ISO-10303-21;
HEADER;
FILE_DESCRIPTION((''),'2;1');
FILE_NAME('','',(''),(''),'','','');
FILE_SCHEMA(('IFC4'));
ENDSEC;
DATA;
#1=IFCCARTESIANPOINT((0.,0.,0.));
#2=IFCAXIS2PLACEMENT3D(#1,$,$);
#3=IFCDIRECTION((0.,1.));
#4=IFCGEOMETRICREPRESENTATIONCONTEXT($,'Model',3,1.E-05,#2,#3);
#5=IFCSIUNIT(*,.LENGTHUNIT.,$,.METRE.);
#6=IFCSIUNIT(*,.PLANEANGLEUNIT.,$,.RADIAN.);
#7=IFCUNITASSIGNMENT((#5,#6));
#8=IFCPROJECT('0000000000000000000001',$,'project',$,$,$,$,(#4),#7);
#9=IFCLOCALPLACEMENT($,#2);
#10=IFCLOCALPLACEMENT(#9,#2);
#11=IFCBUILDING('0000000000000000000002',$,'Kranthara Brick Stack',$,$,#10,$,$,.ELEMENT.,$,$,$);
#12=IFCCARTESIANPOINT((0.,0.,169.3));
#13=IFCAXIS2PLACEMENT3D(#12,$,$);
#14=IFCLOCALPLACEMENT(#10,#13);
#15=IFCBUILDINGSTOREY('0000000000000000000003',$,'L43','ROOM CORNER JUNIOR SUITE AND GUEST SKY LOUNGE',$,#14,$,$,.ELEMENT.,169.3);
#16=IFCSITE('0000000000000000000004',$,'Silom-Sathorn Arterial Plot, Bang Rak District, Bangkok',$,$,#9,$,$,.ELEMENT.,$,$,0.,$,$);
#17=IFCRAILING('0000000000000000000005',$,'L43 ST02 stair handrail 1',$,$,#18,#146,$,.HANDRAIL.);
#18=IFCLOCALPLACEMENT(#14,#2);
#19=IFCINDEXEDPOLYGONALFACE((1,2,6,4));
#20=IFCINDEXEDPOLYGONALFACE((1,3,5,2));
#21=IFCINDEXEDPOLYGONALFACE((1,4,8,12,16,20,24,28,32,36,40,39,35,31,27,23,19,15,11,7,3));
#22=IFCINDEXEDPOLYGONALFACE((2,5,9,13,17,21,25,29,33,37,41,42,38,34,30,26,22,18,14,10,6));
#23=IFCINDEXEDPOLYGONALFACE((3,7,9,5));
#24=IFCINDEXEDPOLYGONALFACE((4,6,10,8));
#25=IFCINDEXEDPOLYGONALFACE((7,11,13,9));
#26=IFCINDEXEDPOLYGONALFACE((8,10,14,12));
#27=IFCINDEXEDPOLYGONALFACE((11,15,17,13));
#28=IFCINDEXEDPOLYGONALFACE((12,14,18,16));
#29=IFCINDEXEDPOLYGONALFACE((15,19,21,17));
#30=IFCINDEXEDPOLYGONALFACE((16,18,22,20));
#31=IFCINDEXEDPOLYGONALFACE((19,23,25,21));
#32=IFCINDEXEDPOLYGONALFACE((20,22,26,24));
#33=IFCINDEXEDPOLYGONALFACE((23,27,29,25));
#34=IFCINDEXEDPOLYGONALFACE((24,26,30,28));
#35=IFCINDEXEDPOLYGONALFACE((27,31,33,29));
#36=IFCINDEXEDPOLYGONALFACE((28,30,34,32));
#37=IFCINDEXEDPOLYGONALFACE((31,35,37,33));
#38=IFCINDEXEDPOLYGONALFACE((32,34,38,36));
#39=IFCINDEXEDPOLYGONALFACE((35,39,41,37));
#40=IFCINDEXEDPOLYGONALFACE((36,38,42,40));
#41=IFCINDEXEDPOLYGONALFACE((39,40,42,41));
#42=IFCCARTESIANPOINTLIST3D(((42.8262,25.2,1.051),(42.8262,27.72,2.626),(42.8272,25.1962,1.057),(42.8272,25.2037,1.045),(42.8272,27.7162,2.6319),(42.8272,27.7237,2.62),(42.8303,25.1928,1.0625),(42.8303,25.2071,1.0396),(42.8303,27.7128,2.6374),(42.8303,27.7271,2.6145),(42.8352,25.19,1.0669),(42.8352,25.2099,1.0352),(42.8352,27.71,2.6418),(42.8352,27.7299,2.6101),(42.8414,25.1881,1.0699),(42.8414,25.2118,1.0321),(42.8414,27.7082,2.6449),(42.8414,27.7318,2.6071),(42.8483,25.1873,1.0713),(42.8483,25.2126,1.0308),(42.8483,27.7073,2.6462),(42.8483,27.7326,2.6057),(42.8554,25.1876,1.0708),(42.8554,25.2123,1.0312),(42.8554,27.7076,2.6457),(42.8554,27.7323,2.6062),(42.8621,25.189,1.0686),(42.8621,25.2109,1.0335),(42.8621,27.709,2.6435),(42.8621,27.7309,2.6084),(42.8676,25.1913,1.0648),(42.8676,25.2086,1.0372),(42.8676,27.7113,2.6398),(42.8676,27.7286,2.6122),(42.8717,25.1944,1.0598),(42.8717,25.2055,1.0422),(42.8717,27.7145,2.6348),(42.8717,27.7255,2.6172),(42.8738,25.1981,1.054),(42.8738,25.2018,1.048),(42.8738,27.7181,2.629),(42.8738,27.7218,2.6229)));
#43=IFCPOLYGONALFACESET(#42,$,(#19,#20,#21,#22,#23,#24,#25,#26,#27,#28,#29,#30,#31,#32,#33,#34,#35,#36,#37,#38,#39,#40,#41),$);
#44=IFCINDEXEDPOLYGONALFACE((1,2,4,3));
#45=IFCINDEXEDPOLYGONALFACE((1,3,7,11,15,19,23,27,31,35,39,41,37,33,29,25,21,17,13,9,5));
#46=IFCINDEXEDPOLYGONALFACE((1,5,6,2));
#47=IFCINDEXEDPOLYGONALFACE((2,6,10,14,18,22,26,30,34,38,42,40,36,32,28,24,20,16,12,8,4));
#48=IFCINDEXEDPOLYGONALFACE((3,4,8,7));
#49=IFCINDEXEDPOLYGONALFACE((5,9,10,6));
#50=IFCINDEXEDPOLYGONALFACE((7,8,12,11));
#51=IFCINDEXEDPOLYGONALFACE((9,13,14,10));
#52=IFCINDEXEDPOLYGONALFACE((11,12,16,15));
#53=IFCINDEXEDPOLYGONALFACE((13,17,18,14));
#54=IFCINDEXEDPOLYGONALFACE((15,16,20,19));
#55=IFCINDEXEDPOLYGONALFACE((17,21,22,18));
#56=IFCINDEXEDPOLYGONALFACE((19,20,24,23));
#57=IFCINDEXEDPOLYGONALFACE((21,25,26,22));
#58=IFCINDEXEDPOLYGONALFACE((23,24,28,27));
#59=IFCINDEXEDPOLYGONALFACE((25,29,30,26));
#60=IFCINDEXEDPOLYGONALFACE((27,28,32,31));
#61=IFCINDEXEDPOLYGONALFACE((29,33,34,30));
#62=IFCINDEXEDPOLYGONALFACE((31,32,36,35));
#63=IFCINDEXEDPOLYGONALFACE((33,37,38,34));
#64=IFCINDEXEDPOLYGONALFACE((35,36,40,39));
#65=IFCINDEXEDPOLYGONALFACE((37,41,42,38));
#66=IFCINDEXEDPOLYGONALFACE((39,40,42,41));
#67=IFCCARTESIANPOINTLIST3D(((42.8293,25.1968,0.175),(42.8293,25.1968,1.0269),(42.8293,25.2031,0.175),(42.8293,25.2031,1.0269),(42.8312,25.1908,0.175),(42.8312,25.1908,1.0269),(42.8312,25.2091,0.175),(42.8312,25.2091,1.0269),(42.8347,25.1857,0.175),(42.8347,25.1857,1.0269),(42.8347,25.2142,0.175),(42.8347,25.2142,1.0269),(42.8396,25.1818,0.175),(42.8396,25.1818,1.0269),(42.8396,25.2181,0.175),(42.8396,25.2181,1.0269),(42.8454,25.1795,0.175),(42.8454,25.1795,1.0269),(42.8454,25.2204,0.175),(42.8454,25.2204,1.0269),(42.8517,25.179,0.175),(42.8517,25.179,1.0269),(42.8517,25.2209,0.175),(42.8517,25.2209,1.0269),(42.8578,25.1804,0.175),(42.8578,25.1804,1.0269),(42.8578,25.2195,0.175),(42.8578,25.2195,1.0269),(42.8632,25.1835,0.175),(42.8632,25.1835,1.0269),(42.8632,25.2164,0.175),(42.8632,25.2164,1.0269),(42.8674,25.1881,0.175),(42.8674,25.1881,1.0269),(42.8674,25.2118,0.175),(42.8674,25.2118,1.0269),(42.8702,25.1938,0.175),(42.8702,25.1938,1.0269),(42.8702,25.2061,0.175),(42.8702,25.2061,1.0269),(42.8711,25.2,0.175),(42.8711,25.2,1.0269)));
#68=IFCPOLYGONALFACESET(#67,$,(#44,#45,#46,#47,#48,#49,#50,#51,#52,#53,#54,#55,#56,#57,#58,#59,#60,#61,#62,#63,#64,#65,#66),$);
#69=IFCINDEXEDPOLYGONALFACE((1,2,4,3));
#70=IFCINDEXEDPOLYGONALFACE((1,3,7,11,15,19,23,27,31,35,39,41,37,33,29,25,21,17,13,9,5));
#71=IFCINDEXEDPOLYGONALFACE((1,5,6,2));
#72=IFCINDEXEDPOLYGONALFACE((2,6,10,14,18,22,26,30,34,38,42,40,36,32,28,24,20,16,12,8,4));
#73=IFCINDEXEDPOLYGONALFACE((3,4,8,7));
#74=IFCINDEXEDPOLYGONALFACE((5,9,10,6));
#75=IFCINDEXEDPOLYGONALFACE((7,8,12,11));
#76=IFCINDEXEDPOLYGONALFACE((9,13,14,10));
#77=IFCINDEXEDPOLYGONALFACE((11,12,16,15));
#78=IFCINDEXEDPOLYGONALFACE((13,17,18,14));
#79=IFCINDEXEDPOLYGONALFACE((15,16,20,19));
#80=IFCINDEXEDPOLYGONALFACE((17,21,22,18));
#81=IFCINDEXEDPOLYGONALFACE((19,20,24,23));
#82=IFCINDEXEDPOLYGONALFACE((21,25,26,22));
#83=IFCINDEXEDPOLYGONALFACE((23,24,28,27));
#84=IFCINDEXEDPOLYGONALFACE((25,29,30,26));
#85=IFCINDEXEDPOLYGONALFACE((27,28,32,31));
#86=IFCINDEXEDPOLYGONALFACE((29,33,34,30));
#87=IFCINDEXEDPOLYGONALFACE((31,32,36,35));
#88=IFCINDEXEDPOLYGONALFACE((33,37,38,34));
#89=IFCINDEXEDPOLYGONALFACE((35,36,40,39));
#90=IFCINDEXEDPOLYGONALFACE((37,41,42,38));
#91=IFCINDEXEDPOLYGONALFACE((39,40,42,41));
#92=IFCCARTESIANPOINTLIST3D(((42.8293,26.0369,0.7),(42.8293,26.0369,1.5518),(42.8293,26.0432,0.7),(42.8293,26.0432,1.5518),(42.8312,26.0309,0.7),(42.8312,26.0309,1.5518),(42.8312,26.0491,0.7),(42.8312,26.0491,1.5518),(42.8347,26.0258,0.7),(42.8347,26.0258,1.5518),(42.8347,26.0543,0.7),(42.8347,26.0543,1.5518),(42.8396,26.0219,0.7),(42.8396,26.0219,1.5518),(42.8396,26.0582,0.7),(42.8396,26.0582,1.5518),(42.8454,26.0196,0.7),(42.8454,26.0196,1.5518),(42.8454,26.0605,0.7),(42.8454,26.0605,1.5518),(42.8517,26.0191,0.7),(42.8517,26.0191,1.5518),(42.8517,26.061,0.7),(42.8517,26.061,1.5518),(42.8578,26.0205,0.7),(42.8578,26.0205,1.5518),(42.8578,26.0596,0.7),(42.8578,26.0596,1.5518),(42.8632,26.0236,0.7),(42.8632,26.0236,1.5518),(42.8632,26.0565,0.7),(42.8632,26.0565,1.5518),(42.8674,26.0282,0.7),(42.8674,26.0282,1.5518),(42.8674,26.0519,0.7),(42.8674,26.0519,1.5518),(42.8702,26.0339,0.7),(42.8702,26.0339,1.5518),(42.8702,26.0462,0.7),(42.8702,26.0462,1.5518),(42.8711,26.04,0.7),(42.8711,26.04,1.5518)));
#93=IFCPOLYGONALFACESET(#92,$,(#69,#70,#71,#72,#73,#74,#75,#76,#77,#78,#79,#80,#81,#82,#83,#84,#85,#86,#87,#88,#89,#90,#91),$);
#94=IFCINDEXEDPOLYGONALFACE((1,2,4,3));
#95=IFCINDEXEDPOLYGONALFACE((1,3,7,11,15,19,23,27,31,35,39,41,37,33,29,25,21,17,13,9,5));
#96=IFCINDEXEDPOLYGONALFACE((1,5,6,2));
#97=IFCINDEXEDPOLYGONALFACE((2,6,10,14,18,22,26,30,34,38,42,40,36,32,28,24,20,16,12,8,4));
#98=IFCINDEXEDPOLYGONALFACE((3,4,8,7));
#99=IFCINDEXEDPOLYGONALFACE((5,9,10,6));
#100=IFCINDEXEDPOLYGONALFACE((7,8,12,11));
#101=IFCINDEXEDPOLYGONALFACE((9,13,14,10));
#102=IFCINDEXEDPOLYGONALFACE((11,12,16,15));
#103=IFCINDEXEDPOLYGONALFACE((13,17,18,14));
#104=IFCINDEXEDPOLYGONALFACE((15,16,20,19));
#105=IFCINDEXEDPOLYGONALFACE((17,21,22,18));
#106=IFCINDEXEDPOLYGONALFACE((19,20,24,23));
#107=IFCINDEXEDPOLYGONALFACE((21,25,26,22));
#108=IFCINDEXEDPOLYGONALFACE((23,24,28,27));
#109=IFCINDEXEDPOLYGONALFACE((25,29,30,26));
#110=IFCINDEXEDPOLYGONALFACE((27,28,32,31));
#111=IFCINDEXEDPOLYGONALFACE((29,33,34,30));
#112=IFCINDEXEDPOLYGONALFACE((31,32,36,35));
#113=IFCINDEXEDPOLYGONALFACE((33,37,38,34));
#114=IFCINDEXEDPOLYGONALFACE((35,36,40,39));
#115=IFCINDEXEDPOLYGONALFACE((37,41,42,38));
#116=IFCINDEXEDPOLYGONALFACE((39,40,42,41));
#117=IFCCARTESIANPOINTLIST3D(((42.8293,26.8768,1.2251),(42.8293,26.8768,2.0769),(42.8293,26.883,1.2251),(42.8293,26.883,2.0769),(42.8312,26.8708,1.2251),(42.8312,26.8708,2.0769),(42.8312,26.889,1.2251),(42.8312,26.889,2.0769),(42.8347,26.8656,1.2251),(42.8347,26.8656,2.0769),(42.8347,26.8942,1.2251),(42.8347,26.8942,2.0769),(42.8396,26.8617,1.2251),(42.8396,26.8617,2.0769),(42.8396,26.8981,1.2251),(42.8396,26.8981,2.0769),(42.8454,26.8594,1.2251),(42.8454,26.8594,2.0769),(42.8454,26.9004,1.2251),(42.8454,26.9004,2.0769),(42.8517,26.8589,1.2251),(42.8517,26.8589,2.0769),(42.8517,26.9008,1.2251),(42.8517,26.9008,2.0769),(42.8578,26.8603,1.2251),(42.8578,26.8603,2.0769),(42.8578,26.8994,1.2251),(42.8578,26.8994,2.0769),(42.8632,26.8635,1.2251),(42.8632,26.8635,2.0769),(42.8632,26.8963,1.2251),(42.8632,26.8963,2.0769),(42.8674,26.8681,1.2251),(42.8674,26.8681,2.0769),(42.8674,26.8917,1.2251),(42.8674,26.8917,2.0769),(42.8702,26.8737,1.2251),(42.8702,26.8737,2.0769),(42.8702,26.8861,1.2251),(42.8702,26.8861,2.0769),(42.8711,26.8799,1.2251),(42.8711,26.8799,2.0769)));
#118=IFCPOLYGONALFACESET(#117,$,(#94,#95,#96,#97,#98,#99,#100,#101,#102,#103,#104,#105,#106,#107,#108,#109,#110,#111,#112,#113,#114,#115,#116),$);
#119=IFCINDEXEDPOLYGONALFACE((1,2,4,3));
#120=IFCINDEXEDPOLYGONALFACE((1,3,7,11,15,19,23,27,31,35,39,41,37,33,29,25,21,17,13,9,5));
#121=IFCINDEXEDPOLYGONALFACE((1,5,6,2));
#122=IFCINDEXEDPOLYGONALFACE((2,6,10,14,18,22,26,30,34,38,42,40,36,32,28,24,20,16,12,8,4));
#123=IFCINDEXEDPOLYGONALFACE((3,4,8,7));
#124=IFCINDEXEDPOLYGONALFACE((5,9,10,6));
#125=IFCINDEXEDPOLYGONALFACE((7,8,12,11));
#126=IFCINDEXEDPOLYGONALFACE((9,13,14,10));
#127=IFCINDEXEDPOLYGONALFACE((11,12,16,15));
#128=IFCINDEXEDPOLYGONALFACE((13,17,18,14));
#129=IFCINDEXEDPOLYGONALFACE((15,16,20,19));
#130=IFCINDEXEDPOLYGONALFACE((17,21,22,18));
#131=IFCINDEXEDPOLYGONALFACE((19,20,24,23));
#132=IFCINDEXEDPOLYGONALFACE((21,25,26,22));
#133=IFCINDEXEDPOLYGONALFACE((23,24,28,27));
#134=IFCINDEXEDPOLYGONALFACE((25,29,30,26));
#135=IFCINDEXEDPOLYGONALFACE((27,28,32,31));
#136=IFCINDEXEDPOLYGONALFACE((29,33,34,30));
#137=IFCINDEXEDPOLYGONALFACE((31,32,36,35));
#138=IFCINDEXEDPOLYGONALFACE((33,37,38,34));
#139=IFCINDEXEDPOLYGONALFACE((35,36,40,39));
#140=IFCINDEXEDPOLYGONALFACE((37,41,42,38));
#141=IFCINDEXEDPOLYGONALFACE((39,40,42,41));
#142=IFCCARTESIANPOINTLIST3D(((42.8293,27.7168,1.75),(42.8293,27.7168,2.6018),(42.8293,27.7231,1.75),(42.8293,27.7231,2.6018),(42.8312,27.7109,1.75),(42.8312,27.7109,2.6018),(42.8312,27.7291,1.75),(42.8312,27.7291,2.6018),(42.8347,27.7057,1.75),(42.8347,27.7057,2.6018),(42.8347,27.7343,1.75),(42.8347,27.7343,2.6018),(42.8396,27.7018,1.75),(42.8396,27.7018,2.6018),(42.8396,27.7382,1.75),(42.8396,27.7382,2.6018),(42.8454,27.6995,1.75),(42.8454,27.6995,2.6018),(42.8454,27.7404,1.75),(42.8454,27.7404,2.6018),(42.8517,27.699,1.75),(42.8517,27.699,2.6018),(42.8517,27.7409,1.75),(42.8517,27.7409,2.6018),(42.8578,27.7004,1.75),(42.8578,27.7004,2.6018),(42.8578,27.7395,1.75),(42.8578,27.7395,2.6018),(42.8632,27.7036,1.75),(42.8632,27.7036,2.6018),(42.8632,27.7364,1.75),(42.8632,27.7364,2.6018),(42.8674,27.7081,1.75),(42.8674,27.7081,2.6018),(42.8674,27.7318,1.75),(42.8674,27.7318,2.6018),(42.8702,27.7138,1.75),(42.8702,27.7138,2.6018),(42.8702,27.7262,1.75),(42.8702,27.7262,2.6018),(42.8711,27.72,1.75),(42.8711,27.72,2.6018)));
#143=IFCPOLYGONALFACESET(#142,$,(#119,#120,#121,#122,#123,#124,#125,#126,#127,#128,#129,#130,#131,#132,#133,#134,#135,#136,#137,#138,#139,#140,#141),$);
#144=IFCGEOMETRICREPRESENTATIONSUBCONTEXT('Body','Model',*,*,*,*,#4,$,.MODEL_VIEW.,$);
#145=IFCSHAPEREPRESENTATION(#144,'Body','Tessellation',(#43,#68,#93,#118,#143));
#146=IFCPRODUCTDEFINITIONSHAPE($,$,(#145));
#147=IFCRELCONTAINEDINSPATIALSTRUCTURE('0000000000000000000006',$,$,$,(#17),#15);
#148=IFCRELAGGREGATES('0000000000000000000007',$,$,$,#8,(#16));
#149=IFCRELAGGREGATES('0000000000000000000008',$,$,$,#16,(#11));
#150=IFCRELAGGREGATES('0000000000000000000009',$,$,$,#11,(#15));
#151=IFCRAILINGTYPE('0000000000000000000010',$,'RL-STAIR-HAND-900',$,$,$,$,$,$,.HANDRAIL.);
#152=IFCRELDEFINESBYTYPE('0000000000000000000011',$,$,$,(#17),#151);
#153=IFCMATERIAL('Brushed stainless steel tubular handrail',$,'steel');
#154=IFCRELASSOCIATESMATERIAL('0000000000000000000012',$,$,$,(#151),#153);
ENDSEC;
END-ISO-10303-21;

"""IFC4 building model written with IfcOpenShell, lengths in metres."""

from ifc_helpers import new_model, si_unit, direction, frame, origin, origin_2d, place, context, subcontext, project, spatial, circle, extrude, material, type_object, element, save


model = new_model("IFC4")

# Units and contexts
model_context = context("Model", 3, precision=1e-05, world=origin(), true_north=direction((0.0, 1.0)))
body_context = subcontext(model_context, "Body", "Model", "MODEL_VIEW")
ifc_project = project(units=[si_unit("LENGTHUNIT", "METRE"), si_unit("PLANEANGLEUNIT", "RADIAN")], contexts=[model_context])

# Site, building, storey
site_placement = place(None, origin())
site = spatial("IfcSite", under=ifc_project, at=site_placement, Name="Silom-Sathorn Arterial Plot, Bang Rak District, Bangkok", CompositionType="ELEMENT", RefElevation=0.0)
building_placement = place(site_placement, origin())
building = spatial("IfcBuilding", under=site, at=building_placement, Name="Kranthara Brick Stack", CompositionType="ELEMENT")
storey_placement = place(building_placement, frame((0.0, 0.0, 169.3)))
storey = spatial("IfcBuildingStorey", under=building, at=storey_placement, Name="L43", Description="ROOM CORNER JUNIOR SUITE AND GUEST SKY LOUNGE", CompositionType="ELEMENT", Elevation=169.3)

# Railing
ifc_material_1 = material(Name="Brushed stainless steel tubular handrail", Category="steel")
railing_type_1 = type_object("IfcRailingType", Name="RL-STAIR-HAND-900", PredefinedType="HANDRAIL", material=ifc_material_1)
railing_1_placement = place(storey_placement, frame((42.8501, 25.2, 0.175)))
element("IfcRailing", 1, at=railing_1_placement, inside=storey, type_object=railing_type_1, Name="L43 ST02 stair handrail 1", PredefinedType="HANDRAIL", context=body_context, shape_type="SweptSolid", body=[
    extrude(circle(Radius=0.0239, at=origin_2d()), frame((0.0, 0.0, 0.876), z_axis=(0.0, 0.848008, 0.529984), x_axis=(-1.0, 0.0, 0.0)), (0.0, 0.0, 1.0), 2.9717),
    extrude(circle(Radius=0.021, at=origin_2d()), origin(), (0.0, 0.0, 1.0), 0.8518),
    extrude(circle(Radius=0.021, at=origin_2d()), frame((0.0, 0.8401, 0.5249)), (0.0, 0.0, 1.0), 0.8518),
    extrude(circle(Radius=0.021, at=origin_2d()), frame((0.0, 1.6799, 1.05)), (0.0, 0.0, 1.0), 0.8518),
    extrude(circle(Radius=0.021, at=origin_2d()), frame((0.0, 2.52, 1.575)), (0.0, 0.0, 1.0), 0.8518),
])

save(model, "model.ifc")
